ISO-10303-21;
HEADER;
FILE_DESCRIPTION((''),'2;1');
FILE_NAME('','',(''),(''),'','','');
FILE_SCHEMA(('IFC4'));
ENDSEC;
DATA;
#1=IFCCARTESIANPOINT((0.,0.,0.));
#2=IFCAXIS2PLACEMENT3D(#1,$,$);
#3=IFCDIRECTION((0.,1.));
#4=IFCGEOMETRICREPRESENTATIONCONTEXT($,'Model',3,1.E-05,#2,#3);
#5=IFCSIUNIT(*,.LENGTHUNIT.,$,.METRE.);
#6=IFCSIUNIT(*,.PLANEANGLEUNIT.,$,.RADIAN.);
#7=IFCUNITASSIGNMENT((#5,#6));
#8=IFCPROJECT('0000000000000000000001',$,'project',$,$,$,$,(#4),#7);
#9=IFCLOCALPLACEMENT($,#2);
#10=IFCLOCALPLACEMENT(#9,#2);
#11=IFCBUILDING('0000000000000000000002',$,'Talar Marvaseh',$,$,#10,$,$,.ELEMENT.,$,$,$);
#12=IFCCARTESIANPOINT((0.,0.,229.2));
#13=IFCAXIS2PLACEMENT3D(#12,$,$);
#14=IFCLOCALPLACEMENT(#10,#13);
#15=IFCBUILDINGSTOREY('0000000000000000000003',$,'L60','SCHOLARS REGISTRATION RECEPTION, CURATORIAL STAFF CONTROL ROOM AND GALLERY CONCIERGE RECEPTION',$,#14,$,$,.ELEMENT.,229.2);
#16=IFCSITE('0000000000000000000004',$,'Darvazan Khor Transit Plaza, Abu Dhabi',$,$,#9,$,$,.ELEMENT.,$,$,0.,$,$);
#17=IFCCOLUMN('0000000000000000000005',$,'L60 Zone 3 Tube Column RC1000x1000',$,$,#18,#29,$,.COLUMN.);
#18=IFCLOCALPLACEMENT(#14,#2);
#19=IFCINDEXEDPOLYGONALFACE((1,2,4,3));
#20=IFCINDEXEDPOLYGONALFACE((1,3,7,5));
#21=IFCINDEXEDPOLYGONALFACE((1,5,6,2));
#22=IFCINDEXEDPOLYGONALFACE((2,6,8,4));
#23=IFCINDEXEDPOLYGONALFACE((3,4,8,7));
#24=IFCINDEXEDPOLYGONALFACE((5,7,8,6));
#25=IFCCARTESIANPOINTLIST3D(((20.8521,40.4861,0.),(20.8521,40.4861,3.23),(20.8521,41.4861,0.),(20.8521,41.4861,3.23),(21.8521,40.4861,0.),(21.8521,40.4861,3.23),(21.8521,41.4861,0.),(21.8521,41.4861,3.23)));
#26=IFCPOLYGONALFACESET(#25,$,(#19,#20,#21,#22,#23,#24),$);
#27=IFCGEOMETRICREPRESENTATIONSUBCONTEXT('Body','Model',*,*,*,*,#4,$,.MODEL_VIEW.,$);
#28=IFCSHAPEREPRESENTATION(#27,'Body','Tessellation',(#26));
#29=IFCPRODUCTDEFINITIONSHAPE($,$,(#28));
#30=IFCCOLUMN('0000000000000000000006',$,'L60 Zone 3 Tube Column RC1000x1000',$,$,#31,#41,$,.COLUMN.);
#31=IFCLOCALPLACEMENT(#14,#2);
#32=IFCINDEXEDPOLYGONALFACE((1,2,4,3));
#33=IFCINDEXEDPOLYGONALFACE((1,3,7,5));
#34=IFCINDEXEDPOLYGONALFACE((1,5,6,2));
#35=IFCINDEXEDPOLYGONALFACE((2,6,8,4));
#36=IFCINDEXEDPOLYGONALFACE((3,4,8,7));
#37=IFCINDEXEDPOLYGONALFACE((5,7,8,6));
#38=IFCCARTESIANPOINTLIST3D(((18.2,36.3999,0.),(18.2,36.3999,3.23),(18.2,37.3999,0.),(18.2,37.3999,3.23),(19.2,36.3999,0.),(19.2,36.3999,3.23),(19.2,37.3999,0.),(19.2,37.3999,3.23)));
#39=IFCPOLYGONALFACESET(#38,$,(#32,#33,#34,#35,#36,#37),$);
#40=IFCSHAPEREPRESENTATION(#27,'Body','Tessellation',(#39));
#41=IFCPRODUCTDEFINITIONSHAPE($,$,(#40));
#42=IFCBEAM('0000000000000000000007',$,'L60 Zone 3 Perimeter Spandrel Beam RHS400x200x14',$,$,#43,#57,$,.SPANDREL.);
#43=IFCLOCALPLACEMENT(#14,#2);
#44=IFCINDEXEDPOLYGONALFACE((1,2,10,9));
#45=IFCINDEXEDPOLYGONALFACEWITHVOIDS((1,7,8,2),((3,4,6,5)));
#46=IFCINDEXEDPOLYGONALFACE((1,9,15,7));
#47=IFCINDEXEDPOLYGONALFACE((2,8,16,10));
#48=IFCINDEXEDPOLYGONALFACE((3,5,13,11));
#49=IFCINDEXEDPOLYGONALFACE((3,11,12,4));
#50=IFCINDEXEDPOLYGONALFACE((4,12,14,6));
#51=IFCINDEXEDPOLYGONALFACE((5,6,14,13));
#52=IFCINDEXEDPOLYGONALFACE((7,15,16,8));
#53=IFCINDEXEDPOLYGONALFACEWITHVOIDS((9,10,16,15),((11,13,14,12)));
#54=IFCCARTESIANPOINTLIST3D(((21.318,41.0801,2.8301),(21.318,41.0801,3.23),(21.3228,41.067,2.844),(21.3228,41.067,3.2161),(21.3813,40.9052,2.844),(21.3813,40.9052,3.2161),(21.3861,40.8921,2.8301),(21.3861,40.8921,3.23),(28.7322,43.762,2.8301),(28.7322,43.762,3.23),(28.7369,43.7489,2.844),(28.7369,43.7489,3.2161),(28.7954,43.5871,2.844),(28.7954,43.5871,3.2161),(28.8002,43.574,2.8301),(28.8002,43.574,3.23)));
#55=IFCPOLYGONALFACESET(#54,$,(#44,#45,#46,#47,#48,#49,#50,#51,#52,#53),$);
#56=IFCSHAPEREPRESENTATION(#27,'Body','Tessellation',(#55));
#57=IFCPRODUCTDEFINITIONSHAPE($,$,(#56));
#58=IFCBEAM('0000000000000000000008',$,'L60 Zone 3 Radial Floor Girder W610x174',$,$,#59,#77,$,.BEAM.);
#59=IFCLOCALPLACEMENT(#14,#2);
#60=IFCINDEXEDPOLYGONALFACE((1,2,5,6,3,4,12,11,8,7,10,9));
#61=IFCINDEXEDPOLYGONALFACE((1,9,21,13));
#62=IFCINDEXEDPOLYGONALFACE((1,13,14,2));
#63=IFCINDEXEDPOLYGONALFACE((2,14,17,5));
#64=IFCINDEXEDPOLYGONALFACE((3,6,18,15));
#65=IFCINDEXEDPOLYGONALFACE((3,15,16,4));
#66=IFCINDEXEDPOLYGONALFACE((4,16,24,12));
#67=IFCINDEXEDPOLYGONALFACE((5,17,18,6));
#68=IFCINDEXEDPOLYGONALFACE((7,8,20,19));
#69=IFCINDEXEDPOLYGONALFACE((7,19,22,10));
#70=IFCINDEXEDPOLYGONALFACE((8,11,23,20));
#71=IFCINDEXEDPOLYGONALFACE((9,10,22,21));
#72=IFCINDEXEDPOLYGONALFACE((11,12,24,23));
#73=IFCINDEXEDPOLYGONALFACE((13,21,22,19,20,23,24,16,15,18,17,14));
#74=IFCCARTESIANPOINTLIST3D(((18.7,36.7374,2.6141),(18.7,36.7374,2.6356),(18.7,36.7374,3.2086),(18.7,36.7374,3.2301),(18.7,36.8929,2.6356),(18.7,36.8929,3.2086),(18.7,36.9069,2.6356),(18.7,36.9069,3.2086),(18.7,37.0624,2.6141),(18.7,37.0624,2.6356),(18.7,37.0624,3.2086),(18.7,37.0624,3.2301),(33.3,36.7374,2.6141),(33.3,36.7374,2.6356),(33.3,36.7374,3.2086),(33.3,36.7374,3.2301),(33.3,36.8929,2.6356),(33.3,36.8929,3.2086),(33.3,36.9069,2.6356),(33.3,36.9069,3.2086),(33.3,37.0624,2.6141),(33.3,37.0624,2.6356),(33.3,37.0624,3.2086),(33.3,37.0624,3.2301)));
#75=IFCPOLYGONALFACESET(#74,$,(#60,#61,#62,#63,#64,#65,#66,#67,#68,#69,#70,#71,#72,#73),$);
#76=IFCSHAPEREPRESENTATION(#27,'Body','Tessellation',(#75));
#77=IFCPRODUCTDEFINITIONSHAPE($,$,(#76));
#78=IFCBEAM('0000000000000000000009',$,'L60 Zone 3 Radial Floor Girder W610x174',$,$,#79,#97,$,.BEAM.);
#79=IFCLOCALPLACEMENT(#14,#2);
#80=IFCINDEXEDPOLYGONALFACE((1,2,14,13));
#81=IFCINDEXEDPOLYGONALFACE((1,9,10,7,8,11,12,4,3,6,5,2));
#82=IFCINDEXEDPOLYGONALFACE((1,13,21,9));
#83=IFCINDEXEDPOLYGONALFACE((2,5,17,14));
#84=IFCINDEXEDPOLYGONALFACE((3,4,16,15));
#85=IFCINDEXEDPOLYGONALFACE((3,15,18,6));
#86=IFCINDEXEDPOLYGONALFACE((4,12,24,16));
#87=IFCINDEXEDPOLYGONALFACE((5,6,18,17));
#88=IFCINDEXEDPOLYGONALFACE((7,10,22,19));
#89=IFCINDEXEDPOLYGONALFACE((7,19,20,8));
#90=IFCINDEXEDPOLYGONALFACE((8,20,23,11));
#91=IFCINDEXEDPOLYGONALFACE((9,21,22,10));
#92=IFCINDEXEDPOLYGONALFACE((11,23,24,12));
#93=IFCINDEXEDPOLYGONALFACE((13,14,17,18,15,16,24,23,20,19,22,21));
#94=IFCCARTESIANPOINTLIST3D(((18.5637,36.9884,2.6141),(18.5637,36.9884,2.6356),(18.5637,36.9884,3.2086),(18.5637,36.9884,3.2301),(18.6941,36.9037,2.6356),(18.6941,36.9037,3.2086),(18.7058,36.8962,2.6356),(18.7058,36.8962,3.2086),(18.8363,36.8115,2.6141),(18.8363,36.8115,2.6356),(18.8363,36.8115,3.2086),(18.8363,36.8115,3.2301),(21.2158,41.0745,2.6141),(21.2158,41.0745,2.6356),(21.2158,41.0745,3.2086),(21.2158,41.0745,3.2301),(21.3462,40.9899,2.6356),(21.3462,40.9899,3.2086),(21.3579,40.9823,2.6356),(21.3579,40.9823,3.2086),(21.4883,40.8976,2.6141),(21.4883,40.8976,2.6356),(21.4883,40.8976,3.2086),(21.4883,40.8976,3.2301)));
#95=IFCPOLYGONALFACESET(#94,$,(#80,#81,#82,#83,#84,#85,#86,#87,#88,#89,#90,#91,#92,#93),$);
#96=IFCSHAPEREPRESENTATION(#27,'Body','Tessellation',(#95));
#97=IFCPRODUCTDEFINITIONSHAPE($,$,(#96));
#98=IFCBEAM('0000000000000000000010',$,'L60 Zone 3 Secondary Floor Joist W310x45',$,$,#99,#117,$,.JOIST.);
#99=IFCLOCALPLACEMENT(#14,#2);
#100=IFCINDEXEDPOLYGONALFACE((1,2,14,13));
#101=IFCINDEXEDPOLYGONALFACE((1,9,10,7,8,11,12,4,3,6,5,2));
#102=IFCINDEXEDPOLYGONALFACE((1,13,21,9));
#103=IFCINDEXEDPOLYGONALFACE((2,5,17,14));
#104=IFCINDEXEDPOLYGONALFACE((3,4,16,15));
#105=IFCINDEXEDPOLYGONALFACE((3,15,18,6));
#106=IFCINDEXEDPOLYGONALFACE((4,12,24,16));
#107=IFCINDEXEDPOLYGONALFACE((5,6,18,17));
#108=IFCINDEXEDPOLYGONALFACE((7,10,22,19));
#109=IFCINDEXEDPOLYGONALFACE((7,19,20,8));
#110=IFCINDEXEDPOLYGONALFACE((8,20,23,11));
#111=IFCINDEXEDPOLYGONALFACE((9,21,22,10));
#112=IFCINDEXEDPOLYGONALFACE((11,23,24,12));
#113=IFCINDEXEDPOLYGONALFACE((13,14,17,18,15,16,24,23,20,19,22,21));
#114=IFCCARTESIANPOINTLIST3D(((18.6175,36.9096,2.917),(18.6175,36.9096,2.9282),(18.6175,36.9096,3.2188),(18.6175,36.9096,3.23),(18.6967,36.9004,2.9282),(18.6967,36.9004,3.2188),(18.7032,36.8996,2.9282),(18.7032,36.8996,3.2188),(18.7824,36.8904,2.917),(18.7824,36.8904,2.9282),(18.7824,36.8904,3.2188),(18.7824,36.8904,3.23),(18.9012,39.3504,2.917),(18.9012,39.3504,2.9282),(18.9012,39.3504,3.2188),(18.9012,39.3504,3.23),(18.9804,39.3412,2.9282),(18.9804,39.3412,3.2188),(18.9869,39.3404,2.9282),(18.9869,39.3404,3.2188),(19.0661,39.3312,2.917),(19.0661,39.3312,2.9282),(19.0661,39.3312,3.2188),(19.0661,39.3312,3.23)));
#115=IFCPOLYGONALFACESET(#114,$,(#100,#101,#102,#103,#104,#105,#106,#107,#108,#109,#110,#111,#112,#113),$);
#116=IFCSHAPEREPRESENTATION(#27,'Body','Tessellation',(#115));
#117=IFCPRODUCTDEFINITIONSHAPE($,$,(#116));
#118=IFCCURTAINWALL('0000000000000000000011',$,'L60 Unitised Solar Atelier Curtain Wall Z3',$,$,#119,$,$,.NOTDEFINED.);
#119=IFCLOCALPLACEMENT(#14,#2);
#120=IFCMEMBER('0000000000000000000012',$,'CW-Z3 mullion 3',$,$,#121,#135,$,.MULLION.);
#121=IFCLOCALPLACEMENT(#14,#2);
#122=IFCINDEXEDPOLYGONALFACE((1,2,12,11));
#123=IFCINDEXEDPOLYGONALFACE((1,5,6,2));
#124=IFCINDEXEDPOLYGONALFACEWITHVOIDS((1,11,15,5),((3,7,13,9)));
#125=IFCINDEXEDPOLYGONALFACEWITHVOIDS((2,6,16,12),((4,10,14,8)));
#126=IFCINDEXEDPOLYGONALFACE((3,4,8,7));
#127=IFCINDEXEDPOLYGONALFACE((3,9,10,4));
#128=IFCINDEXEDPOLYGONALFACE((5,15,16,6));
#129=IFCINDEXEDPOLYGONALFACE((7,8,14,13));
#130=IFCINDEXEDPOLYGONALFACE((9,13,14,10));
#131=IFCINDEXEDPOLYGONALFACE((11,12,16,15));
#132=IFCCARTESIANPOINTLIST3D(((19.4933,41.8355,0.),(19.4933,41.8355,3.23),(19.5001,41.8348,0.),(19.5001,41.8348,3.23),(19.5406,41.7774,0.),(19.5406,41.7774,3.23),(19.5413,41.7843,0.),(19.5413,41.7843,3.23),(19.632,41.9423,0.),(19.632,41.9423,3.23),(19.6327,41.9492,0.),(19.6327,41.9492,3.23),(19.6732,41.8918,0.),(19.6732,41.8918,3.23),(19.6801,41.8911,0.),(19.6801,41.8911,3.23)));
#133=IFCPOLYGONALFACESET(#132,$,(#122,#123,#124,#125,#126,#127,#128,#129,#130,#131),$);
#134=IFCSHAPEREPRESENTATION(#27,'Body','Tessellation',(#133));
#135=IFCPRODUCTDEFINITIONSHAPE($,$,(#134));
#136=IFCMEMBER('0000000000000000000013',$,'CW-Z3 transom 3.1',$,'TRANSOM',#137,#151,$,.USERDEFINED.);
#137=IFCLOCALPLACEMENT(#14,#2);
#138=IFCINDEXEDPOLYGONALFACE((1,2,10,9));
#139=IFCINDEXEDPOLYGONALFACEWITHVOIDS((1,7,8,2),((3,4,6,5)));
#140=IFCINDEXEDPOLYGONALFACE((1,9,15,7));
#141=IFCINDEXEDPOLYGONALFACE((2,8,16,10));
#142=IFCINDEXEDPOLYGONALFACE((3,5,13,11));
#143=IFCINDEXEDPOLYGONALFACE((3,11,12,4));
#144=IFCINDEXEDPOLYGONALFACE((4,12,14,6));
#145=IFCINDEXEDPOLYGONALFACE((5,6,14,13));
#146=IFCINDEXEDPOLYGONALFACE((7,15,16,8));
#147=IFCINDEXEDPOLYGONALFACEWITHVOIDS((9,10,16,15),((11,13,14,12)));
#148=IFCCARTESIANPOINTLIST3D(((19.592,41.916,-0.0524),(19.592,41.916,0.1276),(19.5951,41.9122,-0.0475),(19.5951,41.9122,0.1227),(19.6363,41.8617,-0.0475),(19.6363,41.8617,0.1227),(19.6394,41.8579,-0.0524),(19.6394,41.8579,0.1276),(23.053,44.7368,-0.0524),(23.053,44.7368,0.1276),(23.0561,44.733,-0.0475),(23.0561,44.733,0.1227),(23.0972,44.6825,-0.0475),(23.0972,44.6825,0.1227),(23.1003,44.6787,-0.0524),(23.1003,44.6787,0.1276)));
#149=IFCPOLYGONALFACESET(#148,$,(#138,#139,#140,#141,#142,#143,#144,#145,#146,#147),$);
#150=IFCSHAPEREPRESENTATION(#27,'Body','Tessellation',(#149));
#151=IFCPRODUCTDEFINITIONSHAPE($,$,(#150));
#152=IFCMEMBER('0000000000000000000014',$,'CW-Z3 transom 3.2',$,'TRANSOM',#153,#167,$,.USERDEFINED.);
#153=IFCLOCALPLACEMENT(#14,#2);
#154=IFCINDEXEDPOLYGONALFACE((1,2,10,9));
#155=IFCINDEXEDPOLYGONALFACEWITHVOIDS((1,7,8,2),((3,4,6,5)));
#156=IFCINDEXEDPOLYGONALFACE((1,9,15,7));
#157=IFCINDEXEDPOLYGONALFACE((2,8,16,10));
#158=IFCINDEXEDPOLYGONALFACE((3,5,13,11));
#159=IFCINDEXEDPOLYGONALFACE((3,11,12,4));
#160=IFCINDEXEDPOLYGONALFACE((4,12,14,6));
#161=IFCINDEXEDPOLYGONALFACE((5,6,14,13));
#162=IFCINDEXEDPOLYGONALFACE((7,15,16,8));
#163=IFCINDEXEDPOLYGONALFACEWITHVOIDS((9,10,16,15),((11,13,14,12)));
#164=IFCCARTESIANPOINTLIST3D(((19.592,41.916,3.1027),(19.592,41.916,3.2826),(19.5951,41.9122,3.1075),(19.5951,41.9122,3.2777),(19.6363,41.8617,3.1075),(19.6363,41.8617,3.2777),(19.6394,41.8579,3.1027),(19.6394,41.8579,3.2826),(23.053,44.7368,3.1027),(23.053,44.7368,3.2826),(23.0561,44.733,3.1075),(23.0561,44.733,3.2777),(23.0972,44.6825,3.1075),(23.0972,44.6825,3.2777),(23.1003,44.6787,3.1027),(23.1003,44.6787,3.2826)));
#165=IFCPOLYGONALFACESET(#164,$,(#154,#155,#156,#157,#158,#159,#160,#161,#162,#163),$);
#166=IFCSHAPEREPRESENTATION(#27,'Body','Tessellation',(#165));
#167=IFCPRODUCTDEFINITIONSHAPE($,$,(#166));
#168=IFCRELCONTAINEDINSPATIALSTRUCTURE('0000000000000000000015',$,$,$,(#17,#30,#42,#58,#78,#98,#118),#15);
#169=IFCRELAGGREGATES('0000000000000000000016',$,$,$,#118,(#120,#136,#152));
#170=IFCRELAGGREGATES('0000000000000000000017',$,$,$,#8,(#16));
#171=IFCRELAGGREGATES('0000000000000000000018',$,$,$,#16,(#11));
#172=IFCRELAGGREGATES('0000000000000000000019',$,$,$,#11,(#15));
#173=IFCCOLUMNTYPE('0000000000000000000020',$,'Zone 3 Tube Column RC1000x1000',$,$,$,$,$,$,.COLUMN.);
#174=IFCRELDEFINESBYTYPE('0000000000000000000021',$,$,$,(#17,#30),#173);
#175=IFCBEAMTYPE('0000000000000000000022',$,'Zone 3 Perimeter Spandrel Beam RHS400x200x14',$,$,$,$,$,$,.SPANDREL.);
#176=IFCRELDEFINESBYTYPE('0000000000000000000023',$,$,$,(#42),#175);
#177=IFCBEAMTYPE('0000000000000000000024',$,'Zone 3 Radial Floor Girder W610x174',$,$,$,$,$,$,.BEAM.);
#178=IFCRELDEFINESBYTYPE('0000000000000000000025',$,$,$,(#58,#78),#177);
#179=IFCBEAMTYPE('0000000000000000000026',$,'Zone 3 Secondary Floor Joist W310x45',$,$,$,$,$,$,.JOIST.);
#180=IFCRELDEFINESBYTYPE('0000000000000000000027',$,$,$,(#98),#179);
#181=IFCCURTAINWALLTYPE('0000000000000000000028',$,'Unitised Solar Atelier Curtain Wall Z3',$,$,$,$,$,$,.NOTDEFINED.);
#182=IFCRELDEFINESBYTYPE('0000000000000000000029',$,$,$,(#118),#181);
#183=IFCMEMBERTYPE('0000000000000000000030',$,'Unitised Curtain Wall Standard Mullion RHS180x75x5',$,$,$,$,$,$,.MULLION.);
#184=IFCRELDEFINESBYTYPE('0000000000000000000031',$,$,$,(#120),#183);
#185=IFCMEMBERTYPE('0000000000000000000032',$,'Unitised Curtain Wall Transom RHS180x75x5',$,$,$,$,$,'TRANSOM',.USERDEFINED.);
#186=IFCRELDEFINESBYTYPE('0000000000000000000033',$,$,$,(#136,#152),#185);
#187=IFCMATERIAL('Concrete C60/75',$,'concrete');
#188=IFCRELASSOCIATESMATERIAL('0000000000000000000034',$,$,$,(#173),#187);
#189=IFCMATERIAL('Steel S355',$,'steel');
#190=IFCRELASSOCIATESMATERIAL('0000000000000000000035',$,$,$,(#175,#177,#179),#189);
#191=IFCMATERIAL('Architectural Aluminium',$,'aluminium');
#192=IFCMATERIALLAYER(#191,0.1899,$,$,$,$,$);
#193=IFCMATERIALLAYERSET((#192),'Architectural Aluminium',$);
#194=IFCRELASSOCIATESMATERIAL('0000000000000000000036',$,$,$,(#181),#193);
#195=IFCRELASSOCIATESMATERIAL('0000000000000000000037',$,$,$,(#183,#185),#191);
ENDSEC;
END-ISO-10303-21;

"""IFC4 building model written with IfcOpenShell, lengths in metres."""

from ifc_helpers import new_model, si_unit, direction, frame, origin, origin_2d, place, context, subcontext, project, spatial, rectangle, hollow_rectangle, i_section, extrude, source, transform, mapped, material, layer, layer_set, material_profile, profile_set, type_object, type_shapes, element, aggregate, save


model = new_model("IFC4")

# Units and contexts
model_context = context("Model", 3, precision=1e-05, world=origin(), true_north=direction((0.0, 1.0)))
body_context = subcontext(model_context, "Body", "Model", "MODEL_VIEW")
ifc_project = project(units=[si_unit("LENGTHUNIT", "METRE"), si_unit("PLANEANGLEUNIT", "RADIAN")], contexts=[model_context])

# Site, building, storey
site_placement = place(None, origin())
site = spatial("IfcSite", under=ifc_project, at=site_placement, Name="Darvazan Khor Transit Plaza, Abu Dhabi", CompositionType="ELEMENT", RefElevation=0.0)
building_placement = place(site_placement, origin())
building = spatial("IfcBuilding", under=site, at=building_placement, Name="Talar Marvaseh", CompositionType="ELEMENT")
storey_placement = place(building_placement, frame((0.0, 0.0, 229.2)))
storey = spatial("IfcBuildingStorey", under=building, at=storey_placement, Name="L60", Description="SCHOLARS REGISTRATION RECEPTION, CURATORIAL STAFF CONTROL ROOM AND GALLERY CONCIERGE RECEPTION", CompositionType="ELEMENT", Elevation=229.2)

# Columns
ifc_material_1 = material(Name="Concrete C60/75", Category="concrete")
ifc_material_profile_1 = material_profile(ifc_material_1, rectangle(XDim=1.0, YDim=1.0, at=origin_2d()), Name="RC1000x1000")
ifc_profile_set_1 = profile_set([ifc_material_profile_1], Name="Concrete C60/75")
column_type = type_object("IfcColumnType", Name="Zone 3 Tube Column RC1000x1000", PredefinedType="COLUMN", material=ifc_profile_set_1)
for number, where, z_axis, x_axis, name in (
    (1, (21.3521, 40.9861, 0.0), (0.0, 0.0, 1.0), (1.0, 0.0, 0.0), "L60 Zone 3 Tube Column RC1000x1000"),
    (2, (18.7, 36.8999, 0.0), (0.0, 0.0, 1.0), (1.0, 0.0, 0.0), "L60 Zone 3 Tube Column RC1000x1000"),
):
    element("IfcColumn", number, at=place(storey_placement, frame(where, z_axis=z_axis, x_axis=x_axis)), inside=storey, type_object=column_type, Name=name, PredefinedType="COLUMN", context=body_context, shape_type="SweptSolid", body=[
        extrude(rectangle(XDim=1.0, YDim=1.0, at=origin_2d()), origin(), (0.0, 0.0, 1.0), 3.23),
    ])

# Beams
ifc_material_2 = material(Name="Steel S355", Category="steel")
ifc_material_profile_2 = material_profile(ifc_material_2, hollow_rectangle(XDim=0.2, YDim=0.3999, WallThickness=0.0139, at=origin_2d()), Name="RHS400x200x14")
ifc_profile_set_2 = profile_set([ifc_material_profile_2], Name="Steel S355")
beam_type_1 = type_object("IfcBeamType", Name="Zone 3 Perimeter Spandrel Beam RHS400x200x14", PredefinedType="SPANDREL", material=ifc_profile_set_2)
beam_1_placement = place(storey_placement, frame((21.3521, 40.9861, 3.03), z_axis=(0.940368, 0.340159, 0.0), x_axis=(-0.340159, 0.940368, 0.0)))
element("IfcBeam", 3, at=beam_1_placement, inside=storey, type_object=beam_type_1, Name="L60 Zone 3 Perimeter Spandrel Beam RHS400x200x14", PredefinedType="SPANDREL", context=body_context, shape_type="SweptSolid", body=[
    extrude(hollow_rectangle(XDim=0.2, YDim=0.3999, WallThickness=0.0139, at=origin_2d()), origin(), (0.0, 0.0, 1.0), 7.8843),
])
ifc_material_profile_3 = material_profile(ifc_material_2, i_section(OverallWidth=0.325, OverallDepth=0.616, WebThickness=0.0139, FlangeThickness=0.0215, at=origin_2d()), Name="W610x174")
ifc_profile_set_3 = profile_set([ifc_material_profile_3], Name="Steel S355")
beam_type_2 = type_object("IfcBeamType", Name="Zone 3 Radial Floor Girder W610x174", PredefinedType="BEAM", material=ifc_profile_set_3)
beam_2_placement = place(storey_placement, frame((18.7, 36.8999, 2.9221), z_axis=(1.0, 0.0, 0.0), x_axis=(0.0, 1.0, 0.0)))
element("IfcBeam", 4, at=beam_2_placement, inside=storey, type_object=beam_type_2, Name="L60 Zone 3 Radial Floor Girder W610x174", PredefinedType="BEAM", context=body_context, shape_type="SweptSolid", body=[
    extrude(i_section(OverallWidth=0.325, OverallDepth=0.616, WebThickness=0.0139, FlangeThickness=0.0215, at=origin_2d()), origin(), (0.0, 0.0, 1.0), 14.6001),
])
beam_3_placement = place(storey_placement, frame((21.3521, 40.9861, 2.9221), z_axis=(-0.544423, -0.838811, 0.0), x_axis=(0.838811, -0.544423, 0.0)))
element("IfcBeam", 5, at=beam_3_placement, inside=storey, type_object=beam_type_2, Name="L60 Zone 3 Radial Floor Girder W610x174", PredefinedType="BEAM", context=body_context, shape_type="SweptSolid", body=[
    extrude(i_section(OverallWidth=0.325, OverallDepth=0.616, WebThickness=0.0139, FlangeThickness=0.0215, at=origin_2d()), origin(), (0.0, 0.0, 1.0), 4.8713),
])
ifc_material_profile_4 = material_profile(ifc_material_2, i_section(OverallWidth=0.166, OverallDepth=0.313, WebThickness=0.0066, FlangeThickness=0.0112, at=origin_2d()), Name="W310x45")
ifc_profile_set_4 = profile_set([ifc_material_profile_4], Name="Steel S355")
beam_type_3 = type_object("IfcBeamType", Name="Zone 3 Secondary Floor Joist W310x45", PredefinedType="JOIST", material=ifc_profile_set_4)
beam_4_placement = place(storey_placement, frame((18.9836, 39.3408, 3.0735), z_axis=(-0.115446, -0.993314, 0.0), x_axis=(0.993314, -0.115446, 0.0)))
element("IfcBeam", 6, at=beam_4_placement, inside=storey, type_object=beam_type_3, Name="L60 Zone 3 Secondary Floor Joist W310x45", PredefinedType="JOIST", context=body_context, shape_type="SweptSolid", body=[
    extrude(i_section(OverallWidth=0.166, OverallDepth=0.313, WebThickness=0.0066, FlangeThickness=0.0112, at=origin_2d()), origin(), (0.0, 0.0, 1.0), 2.4573),
])

# Curtain wall, members
ifc_material_3 = material(Name="Architectural Aluminium", Category="aluminium")
ifc_layer_1 = layer(ifc_material_3, 0.1899)
ifc_layer_set_1 = layer_set([ifc_layer_1], Name="Architectural Aluminium")
curtain_wall_type = type_object("IfcCurtainWallType", Name="Unitised Solar Atelier Curtain Wall Z3", PredefinedType="NOTDEFINED", material=ifc_layer_set_1)
curtain_wall_placement = place(storey_placement, origin())
curtain_wall = element("IfcCurtainWall", 7, at=curtain_wall_placement, inside=storey, type_object=curtain_wall_type, Name="L60 Unitised Solar Atelier Curtain Wall Z3", PredefinedType="NOTDEFINED")
ifc_material_profile_5 = material_profile(ifc_material_3, hollow_rectangle(XDim=0.075, YDim=0.1799, WallThickness=0.0049, at=origin_2d()), Name="RHS180x75x5")
ifc_profile_set_5 = profile_set([ifc_material_profile_5], Name="Architectural Aluminium")
member_type_1 = type_object("IfcMemberType", Name="Unitised Curtain Wall Standard Mullion RHS180x75x5", PredefinedType="MULLION", material=ifc_profile_set_5)
shared_shape_1 = source(origin(), body_context, "Body", "SweptSolid", [
    extrude(hollow_rectangle(XDim=0.075, YDim=0.1799, WallThickness=0.0049, at=origin_2d()), origin(), (0.0, 0.0, 1.0), 3.23),
])
type_shapes(member_type_1, [shared_shape_1])
member_1_placement = place(storey_placement, frame((19.5867, 41.8633, 0.0), z_axis=(0.0, 0.0, 1.0), x_axis=(-0.631784, 0.775145, 0.0)))
member_1 = element("IfcMember", 8, at=member_1_placement, type_object=member_type_1, Name="CW-Z3 mullion 3", PredefinedType="MULLION", context=body_context, shape_type="MappedRepresentation", body=[
    mapped(shared_shape_1, transform((0.0, 0.0, 0.0), x_axis=(1.0, 0.0, 0.0), y_axis=(0.0, 1.0, 0.0), z_axis=(0.0, 0.0, 1.0), scale=1.0)),
])
ifc_material_profile_6 = material_profile(ifc_material_3, hollow_rectangle(XDim=0.075, YDim=0.1799, WallThickness=0.0049, at=origin_2d()), Name="RHS180x75x5")
ifc_profile_set_6 = profile_set([ifc_material_profile_6], Name="Architectural Aluminium")
member_type_2 = type_object("IfcMemberType", Name="Unitised Curtain Wall Transom RHS180x75x5", ElementType="TRANSOM", PredefinedType="USERDEFINED", material=ifc_profile_set_6)
shared_shape_2 = source(origin(), body_context, "Body", "SweptSolid", [
    extrude(hollow_rectangle(XDim=0.075, YDim=0.1799, WallThickness=0.0049, at=origin_2d()), origin(), (0.0, 0.0, 1.0), 4.4648),
])
type_shapes(member_type_2, [shared_shape_2])
member_2_placement = place(storey_placement, frame((19.6157, 41.887, 0.0376), z_axis=(0.77515, 0.631778, 0.0), x_axis=(-0.631778, 0.77515, 0.0)))
member_2 = element("IfcMember", 9, at=member_2_placement, type_object=member_type_2, Name="CW-Z3 transom 3.1", ObjectType="TRANSOM", PredefinedType="USERDEFINED", context=body_context, shape_type="MappedRepresentation", body=[
    mapped(shared_shape_2, transform((0.0, 0.0, 0.0), x_axis=(1.0, 0.0, 0.0), y_axis=(0.0, 1.0, 0.0), z_axis=(0.0, 0.0, 1.0), scale=1.0)),
])
member_3_placement = place(storey_placement, frame((19.6157, 41.887, 3.1926), z_axis=(0.77515, 0.631778, 0.0), x_axis=(-0.631778, 0.77515, 0.0)))
member_3 = element("IfcMember", 10, at=member_3_placement, type_object=member_type_2, Name="CW-Z3 transom 3.2", ObjectType="TRANSOM", PredefinedType="USERDEFINED", context=body_context, shape_type="MappedRepresentation", body=[
    mapped(shared_shape_2, transform((0.0, 0.0, 0.0), x_axis=(1.0, 0.0, 0.0), y_axis=(0.0, 1.0, 0.0), z_axis=(0.0, 0.0, 1.0), scale=1.0)),
])
aggregate(curtain_wall, [member_1, member_2, member_3])

save(model, "model.ifc")
